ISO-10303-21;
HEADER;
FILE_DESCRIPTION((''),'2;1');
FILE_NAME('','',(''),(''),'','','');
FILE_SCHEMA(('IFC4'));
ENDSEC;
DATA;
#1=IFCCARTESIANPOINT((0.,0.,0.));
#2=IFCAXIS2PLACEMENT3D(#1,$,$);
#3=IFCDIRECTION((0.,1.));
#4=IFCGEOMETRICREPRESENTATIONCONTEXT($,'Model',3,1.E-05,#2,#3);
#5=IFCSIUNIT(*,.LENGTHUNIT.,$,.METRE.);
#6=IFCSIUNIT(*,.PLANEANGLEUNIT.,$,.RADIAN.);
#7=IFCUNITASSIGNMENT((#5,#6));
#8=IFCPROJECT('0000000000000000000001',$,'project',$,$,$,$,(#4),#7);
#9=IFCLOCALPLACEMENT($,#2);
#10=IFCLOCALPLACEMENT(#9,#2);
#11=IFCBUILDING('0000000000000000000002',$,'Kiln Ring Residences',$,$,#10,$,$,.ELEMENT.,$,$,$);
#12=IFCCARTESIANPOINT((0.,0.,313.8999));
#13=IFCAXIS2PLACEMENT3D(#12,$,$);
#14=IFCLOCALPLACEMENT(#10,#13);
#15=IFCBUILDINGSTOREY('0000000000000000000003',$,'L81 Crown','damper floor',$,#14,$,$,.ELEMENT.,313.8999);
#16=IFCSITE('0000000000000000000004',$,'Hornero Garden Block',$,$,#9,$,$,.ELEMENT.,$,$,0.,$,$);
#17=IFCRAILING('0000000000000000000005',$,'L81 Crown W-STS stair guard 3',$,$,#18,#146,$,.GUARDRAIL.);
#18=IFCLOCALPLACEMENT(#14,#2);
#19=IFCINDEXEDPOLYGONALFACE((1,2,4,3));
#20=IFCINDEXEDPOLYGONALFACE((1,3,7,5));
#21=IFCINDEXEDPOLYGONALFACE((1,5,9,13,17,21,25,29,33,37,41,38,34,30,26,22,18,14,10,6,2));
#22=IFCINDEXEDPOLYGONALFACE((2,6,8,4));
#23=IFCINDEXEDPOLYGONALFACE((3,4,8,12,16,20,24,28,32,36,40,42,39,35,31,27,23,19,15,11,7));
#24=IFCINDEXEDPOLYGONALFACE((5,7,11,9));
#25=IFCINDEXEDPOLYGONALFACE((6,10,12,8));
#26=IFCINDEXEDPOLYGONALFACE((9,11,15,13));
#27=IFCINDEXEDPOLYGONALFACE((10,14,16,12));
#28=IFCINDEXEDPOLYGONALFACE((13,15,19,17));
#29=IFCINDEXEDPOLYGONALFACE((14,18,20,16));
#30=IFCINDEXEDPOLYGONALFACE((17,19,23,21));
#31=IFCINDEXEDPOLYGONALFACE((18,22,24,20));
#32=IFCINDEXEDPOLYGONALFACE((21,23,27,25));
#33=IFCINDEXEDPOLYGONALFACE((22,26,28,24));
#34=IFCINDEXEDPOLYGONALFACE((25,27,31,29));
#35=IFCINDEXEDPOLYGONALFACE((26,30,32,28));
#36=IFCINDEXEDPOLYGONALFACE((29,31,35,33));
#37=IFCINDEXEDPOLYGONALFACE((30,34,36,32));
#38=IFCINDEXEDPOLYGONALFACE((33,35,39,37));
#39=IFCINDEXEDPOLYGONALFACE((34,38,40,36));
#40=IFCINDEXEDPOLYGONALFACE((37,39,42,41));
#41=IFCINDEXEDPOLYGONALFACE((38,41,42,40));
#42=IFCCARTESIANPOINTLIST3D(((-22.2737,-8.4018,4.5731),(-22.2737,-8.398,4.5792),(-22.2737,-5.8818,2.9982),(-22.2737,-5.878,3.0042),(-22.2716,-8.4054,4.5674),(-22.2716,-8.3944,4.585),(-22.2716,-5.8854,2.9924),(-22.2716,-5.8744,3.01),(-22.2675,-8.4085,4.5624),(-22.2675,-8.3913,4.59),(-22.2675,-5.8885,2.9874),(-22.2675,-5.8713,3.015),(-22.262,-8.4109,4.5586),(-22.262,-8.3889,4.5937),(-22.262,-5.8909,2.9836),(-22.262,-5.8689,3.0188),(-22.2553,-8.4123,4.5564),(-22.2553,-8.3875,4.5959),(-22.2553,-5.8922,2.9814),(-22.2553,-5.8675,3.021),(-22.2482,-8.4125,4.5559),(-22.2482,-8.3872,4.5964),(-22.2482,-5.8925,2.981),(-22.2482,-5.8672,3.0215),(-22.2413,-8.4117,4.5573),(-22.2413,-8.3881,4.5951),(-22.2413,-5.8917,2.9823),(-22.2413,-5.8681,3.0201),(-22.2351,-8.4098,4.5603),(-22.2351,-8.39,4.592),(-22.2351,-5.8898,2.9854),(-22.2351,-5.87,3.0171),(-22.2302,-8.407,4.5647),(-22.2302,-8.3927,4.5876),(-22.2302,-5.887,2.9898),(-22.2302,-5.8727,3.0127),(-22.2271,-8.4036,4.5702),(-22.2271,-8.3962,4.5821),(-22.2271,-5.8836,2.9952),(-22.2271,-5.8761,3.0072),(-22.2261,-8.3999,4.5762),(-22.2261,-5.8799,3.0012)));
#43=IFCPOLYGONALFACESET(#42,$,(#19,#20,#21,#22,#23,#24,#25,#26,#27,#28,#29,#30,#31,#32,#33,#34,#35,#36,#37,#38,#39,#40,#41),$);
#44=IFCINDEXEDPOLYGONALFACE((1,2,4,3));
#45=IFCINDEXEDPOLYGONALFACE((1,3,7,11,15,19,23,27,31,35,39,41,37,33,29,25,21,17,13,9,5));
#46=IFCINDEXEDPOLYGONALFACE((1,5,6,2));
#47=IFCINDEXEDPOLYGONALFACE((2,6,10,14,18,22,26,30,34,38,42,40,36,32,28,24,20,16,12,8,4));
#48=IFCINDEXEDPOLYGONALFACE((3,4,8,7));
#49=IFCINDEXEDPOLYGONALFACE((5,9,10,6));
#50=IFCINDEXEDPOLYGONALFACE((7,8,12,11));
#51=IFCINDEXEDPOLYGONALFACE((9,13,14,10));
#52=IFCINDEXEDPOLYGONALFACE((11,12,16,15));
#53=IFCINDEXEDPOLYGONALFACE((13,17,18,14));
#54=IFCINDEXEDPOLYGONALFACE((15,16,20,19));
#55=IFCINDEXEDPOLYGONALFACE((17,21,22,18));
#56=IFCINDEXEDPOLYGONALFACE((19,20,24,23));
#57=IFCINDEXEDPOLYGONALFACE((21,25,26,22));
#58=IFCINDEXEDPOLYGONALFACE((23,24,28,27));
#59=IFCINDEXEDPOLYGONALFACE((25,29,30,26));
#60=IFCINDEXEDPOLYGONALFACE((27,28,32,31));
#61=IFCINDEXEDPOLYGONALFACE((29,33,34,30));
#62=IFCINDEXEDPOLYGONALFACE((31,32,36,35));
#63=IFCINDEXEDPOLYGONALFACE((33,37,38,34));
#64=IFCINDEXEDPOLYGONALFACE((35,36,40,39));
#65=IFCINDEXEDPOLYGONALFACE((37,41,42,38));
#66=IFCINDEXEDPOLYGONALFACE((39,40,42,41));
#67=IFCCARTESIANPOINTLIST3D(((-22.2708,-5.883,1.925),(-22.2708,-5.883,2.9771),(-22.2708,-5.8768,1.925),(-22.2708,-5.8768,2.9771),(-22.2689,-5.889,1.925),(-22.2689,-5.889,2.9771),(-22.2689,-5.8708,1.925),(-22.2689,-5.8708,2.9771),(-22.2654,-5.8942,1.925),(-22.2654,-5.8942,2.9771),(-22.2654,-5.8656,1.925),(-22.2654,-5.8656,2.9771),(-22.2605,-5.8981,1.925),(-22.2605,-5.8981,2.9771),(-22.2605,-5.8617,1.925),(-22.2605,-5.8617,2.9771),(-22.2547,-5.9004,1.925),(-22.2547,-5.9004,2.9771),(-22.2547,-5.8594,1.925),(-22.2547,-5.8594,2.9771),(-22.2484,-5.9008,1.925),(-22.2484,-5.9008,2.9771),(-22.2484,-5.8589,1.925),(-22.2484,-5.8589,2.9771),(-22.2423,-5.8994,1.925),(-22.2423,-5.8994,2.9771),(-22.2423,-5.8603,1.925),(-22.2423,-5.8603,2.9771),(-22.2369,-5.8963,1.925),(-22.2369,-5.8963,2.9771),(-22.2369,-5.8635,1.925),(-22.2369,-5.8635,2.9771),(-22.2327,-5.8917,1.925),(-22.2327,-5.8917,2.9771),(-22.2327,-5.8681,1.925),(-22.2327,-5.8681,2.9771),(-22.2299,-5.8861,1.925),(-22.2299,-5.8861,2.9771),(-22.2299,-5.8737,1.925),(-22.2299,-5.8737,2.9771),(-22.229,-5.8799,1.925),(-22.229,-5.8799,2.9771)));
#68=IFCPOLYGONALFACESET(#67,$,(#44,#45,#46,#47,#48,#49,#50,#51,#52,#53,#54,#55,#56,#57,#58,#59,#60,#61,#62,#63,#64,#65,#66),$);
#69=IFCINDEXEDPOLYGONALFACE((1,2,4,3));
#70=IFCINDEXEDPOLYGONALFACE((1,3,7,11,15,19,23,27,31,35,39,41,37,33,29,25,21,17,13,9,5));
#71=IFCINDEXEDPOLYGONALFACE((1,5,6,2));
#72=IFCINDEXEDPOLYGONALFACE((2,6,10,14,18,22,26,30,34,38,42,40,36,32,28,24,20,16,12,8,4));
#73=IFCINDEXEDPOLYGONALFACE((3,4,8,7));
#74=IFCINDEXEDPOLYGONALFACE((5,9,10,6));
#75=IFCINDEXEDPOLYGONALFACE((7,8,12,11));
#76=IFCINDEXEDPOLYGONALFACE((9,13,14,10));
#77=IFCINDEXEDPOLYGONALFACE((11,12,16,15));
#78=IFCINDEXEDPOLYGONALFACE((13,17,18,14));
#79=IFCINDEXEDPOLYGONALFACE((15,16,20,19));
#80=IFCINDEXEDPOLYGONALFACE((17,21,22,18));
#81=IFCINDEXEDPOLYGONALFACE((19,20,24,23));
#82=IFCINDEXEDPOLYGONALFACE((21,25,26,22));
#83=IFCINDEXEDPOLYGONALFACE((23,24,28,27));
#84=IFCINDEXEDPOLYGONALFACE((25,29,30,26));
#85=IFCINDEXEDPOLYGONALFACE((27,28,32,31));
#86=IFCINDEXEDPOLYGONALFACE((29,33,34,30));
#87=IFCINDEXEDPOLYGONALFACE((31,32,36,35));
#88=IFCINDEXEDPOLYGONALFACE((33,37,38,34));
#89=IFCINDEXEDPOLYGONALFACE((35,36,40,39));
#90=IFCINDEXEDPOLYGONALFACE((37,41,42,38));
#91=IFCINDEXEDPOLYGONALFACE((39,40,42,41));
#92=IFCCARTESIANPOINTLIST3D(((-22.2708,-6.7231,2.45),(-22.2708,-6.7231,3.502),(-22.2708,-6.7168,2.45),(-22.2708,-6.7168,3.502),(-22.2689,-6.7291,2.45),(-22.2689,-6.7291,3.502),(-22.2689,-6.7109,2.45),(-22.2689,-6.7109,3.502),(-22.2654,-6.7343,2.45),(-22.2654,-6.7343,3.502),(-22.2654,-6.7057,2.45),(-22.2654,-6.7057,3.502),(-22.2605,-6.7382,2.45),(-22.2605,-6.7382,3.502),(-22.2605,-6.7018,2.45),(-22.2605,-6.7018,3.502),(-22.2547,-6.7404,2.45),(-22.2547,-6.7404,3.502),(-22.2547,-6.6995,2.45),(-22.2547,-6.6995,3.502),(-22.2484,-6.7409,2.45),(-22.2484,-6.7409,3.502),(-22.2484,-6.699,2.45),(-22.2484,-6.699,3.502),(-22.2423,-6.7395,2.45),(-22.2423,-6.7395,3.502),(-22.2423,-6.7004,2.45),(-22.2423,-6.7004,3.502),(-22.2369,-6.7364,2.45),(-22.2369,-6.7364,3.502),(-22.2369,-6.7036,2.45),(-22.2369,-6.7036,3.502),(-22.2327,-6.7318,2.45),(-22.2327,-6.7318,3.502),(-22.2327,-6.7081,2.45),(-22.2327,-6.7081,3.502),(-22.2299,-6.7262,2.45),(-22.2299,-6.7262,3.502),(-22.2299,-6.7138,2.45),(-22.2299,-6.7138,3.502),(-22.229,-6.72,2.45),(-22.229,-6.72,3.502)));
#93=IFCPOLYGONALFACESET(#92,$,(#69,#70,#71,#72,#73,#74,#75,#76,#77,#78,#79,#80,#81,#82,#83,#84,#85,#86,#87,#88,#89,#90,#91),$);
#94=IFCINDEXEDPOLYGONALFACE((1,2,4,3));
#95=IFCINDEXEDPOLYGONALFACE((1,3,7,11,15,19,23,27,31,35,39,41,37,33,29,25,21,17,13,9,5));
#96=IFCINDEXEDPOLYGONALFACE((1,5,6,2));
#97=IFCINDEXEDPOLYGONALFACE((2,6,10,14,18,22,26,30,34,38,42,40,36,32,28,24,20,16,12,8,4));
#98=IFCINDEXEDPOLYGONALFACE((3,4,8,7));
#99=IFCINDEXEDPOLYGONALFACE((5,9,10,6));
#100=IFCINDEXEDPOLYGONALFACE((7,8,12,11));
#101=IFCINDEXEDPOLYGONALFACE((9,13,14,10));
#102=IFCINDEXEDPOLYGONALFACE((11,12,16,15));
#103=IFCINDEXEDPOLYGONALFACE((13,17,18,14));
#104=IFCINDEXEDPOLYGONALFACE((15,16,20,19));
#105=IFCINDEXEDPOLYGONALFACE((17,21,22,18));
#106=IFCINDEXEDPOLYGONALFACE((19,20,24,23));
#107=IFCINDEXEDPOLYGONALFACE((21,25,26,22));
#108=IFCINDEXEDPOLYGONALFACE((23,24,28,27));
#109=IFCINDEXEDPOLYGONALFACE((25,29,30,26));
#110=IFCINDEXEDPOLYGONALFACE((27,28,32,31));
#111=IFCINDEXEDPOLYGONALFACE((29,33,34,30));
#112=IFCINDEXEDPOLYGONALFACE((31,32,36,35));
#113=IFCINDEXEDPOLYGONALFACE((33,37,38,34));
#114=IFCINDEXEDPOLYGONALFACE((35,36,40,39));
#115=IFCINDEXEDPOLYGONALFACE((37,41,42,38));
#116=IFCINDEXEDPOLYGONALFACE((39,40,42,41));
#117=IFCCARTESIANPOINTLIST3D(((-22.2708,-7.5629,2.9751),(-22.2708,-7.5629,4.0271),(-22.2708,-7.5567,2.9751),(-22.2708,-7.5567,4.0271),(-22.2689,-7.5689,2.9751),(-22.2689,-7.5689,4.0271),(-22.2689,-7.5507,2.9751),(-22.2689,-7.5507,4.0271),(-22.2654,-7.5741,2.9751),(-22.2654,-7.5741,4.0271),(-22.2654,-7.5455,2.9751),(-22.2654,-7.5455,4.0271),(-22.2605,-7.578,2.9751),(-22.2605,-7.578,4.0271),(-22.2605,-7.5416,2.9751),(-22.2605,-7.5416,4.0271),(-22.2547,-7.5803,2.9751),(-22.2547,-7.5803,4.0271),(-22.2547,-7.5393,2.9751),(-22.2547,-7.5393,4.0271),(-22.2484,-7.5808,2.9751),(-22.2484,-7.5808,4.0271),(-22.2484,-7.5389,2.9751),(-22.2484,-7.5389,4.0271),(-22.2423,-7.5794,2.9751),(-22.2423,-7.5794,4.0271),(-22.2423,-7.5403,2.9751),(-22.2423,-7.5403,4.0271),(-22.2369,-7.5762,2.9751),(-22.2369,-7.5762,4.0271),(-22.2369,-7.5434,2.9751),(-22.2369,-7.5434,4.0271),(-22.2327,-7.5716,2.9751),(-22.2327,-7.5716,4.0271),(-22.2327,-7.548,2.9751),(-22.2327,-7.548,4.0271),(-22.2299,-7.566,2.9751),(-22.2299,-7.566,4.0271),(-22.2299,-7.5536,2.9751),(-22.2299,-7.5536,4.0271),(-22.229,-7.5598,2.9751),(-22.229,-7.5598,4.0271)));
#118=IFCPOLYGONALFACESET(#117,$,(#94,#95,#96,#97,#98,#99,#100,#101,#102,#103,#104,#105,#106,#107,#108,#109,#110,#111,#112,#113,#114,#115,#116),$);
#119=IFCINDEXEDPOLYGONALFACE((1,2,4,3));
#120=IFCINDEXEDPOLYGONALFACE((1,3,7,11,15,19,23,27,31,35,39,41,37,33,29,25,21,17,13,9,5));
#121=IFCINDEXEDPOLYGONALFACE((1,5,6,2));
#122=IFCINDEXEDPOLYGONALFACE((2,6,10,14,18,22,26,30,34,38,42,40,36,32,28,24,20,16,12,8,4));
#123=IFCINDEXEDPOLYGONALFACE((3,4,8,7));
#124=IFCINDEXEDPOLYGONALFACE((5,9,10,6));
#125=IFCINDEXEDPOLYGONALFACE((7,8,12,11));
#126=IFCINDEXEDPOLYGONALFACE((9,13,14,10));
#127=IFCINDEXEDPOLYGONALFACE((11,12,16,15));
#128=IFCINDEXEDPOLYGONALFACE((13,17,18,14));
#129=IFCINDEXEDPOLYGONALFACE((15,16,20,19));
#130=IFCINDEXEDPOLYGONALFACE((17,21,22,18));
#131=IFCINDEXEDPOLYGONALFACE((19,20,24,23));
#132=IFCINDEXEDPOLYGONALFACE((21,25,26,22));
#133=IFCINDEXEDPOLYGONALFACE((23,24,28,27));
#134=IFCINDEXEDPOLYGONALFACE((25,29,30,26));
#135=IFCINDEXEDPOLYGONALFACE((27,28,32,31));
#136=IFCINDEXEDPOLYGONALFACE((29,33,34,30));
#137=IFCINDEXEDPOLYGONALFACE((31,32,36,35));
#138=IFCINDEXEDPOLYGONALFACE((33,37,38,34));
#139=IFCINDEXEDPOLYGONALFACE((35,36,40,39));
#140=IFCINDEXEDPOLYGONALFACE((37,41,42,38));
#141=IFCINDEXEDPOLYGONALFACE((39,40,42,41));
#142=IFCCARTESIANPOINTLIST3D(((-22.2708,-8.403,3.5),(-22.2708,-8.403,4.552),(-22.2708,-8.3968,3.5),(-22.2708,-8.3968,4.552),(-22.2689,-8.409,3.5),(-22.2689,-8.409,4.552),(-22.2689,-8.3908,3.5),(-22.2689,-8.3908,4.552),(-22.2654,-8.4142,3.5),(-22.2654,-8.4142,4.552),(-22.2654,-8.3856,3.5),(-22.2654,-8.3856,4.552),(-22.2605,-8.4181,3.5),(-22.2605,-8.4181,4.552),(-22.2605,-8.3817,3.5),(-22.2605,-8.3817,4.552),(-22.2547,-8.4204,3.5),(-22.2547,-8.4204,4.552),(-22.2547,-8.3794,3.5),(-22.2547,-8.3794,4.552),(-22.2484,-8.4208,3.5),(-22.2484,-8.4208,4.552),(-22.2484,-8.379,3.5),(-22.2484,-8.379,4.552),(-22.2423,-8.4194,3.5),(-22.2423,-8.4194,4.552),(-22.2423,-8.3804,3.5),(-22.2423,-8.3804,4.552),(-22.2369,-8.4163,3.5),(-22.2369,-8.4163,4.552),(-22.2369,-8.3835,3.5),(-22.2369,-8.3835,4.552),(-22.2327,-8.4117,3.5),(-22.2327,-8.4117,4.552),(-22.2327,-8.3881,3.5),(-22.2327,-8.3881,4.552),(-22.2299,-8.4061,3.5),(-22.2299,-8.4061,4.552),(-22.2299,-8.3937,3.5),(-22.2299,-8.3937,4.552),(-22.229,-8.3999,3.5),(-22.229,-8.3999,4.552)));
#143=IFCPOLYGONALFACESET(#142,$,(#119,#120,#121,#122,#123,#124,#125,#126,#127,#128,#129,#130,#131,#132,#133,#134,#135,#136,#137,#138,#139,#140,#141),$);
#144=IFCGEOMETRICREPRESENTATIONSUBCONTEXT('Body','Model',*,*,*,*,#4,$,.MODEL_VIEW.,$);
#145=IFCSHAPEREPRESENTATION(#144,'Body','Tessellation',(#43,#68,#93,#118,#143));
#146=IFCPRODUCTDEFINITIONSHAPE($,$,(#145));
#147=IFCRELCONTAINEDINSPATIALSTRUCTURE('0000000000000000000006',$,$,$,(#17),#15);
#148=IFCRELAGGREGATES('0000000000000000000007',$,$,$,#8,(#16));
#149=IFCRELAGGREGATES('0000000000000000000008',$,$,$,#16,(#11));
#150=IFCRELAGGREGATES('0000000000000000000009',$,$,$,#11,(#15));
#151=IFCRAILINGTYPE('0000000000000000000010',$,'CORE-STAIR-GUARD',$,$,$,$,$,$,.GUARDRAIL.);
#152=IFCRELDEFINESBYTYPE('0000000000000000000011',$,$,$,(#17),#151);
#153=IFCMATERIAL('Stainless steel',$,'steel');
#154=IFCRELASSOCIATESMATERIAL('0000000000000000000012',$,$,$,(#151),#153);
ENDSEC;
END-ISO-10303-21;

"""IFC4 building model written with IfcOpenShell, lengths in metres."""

from ifc_helpers import new_model, si_unit, direction, frame, origin, origin_2d, place, context, subcontext, project, spatial, circle, extrude, material, type_object, element, save


model = new_model("IFC4")

# Units and contexts
model_context = context("Model", 3, precision=1e-05, world=origin(), true_north=direction((0.0, 1.0)))
body_context = subcontext(model_context, "Body", "Model", "MODEL_VIEW")
ifc_project = project(units=[si_unit("LENGTHUNIT", "METRE"), si_unit("PLANEANGLEUNIT", "RADIAN")], contexts=[model_context])

# Site, building, storey
site_placement = place(None, origin())
site = spatial("IfcSite", under=ifc_project, at=site_placement, Name="Hornero Garden Block", CompositionType="ELEMENT", RefElevation=0.0)
building_placement = place(site_placement, origin())
building = spatial("IfcBuilding", under=site, at=building_placement, Name="Kiln Ring Residences", CompositionType="ELEMENT")
storey_placement = place(building_placement, frame((0.0, 0.0, 313.8999)))
storey = spatial("IfcBuildingStorey", under=building, at=storey_placement, Name="L81 Crown", Description="damper floor", CompositionType="ELEMENT", Elevation=313.8999)

# Railing
ifc_material_1 = material(Name="Stainless steel", Category="steel")
railing_type_1 = type_object("IfcRailingType", Name="CORE-STAIR-GUARD", PredefinedType="GUARDRAIL", material=ifc_material_1)
railing_1_placement = place(storey_placement, frame((-22.25, -5.8799, 1.925)))
element("IfcRailing", 1, at=railing_1_placement, inside=storey, type_object=railing_type_1, Name="L81 Crown W-STS stair guard 3", PredefinedType="GUARDRAIL", context=body_context, shape_type="SweptSolid", body=[
    extrude(circle(Radius=0.0239, at=origin_2d()), frame((0.0, 0.0, 1.0762), z_axis=(0.0, -0.848008, 0.529984), x_axis=(1.0, 0.0, 0.0)), (0.0, 0.0, 1.0), 2.9717),
    extrude(circle(Radius=0.021, at=origin_2d()), origin(), (0.0, 0.0, 1.0), 1.052),
    extrude(circle(Radius=0.021, at=origin_2d()), frame((0.0, -0.8401, 0.5249)), (0.0, 0.0, 1.0), 1.052),
    extrude(circle(Radius=0.021, at=origin_2d()), frame((0.0, -1.6799, 1.05)), (0.0, 0.0, 1.0), 1.052),
    extrude(circle(Radius=0.021, at=origin_2d()), frame((0.0, -2.52, 1.575)), (0.0, 0.0, 1.0), 1.052),
])

save(model, "model.ifc")
